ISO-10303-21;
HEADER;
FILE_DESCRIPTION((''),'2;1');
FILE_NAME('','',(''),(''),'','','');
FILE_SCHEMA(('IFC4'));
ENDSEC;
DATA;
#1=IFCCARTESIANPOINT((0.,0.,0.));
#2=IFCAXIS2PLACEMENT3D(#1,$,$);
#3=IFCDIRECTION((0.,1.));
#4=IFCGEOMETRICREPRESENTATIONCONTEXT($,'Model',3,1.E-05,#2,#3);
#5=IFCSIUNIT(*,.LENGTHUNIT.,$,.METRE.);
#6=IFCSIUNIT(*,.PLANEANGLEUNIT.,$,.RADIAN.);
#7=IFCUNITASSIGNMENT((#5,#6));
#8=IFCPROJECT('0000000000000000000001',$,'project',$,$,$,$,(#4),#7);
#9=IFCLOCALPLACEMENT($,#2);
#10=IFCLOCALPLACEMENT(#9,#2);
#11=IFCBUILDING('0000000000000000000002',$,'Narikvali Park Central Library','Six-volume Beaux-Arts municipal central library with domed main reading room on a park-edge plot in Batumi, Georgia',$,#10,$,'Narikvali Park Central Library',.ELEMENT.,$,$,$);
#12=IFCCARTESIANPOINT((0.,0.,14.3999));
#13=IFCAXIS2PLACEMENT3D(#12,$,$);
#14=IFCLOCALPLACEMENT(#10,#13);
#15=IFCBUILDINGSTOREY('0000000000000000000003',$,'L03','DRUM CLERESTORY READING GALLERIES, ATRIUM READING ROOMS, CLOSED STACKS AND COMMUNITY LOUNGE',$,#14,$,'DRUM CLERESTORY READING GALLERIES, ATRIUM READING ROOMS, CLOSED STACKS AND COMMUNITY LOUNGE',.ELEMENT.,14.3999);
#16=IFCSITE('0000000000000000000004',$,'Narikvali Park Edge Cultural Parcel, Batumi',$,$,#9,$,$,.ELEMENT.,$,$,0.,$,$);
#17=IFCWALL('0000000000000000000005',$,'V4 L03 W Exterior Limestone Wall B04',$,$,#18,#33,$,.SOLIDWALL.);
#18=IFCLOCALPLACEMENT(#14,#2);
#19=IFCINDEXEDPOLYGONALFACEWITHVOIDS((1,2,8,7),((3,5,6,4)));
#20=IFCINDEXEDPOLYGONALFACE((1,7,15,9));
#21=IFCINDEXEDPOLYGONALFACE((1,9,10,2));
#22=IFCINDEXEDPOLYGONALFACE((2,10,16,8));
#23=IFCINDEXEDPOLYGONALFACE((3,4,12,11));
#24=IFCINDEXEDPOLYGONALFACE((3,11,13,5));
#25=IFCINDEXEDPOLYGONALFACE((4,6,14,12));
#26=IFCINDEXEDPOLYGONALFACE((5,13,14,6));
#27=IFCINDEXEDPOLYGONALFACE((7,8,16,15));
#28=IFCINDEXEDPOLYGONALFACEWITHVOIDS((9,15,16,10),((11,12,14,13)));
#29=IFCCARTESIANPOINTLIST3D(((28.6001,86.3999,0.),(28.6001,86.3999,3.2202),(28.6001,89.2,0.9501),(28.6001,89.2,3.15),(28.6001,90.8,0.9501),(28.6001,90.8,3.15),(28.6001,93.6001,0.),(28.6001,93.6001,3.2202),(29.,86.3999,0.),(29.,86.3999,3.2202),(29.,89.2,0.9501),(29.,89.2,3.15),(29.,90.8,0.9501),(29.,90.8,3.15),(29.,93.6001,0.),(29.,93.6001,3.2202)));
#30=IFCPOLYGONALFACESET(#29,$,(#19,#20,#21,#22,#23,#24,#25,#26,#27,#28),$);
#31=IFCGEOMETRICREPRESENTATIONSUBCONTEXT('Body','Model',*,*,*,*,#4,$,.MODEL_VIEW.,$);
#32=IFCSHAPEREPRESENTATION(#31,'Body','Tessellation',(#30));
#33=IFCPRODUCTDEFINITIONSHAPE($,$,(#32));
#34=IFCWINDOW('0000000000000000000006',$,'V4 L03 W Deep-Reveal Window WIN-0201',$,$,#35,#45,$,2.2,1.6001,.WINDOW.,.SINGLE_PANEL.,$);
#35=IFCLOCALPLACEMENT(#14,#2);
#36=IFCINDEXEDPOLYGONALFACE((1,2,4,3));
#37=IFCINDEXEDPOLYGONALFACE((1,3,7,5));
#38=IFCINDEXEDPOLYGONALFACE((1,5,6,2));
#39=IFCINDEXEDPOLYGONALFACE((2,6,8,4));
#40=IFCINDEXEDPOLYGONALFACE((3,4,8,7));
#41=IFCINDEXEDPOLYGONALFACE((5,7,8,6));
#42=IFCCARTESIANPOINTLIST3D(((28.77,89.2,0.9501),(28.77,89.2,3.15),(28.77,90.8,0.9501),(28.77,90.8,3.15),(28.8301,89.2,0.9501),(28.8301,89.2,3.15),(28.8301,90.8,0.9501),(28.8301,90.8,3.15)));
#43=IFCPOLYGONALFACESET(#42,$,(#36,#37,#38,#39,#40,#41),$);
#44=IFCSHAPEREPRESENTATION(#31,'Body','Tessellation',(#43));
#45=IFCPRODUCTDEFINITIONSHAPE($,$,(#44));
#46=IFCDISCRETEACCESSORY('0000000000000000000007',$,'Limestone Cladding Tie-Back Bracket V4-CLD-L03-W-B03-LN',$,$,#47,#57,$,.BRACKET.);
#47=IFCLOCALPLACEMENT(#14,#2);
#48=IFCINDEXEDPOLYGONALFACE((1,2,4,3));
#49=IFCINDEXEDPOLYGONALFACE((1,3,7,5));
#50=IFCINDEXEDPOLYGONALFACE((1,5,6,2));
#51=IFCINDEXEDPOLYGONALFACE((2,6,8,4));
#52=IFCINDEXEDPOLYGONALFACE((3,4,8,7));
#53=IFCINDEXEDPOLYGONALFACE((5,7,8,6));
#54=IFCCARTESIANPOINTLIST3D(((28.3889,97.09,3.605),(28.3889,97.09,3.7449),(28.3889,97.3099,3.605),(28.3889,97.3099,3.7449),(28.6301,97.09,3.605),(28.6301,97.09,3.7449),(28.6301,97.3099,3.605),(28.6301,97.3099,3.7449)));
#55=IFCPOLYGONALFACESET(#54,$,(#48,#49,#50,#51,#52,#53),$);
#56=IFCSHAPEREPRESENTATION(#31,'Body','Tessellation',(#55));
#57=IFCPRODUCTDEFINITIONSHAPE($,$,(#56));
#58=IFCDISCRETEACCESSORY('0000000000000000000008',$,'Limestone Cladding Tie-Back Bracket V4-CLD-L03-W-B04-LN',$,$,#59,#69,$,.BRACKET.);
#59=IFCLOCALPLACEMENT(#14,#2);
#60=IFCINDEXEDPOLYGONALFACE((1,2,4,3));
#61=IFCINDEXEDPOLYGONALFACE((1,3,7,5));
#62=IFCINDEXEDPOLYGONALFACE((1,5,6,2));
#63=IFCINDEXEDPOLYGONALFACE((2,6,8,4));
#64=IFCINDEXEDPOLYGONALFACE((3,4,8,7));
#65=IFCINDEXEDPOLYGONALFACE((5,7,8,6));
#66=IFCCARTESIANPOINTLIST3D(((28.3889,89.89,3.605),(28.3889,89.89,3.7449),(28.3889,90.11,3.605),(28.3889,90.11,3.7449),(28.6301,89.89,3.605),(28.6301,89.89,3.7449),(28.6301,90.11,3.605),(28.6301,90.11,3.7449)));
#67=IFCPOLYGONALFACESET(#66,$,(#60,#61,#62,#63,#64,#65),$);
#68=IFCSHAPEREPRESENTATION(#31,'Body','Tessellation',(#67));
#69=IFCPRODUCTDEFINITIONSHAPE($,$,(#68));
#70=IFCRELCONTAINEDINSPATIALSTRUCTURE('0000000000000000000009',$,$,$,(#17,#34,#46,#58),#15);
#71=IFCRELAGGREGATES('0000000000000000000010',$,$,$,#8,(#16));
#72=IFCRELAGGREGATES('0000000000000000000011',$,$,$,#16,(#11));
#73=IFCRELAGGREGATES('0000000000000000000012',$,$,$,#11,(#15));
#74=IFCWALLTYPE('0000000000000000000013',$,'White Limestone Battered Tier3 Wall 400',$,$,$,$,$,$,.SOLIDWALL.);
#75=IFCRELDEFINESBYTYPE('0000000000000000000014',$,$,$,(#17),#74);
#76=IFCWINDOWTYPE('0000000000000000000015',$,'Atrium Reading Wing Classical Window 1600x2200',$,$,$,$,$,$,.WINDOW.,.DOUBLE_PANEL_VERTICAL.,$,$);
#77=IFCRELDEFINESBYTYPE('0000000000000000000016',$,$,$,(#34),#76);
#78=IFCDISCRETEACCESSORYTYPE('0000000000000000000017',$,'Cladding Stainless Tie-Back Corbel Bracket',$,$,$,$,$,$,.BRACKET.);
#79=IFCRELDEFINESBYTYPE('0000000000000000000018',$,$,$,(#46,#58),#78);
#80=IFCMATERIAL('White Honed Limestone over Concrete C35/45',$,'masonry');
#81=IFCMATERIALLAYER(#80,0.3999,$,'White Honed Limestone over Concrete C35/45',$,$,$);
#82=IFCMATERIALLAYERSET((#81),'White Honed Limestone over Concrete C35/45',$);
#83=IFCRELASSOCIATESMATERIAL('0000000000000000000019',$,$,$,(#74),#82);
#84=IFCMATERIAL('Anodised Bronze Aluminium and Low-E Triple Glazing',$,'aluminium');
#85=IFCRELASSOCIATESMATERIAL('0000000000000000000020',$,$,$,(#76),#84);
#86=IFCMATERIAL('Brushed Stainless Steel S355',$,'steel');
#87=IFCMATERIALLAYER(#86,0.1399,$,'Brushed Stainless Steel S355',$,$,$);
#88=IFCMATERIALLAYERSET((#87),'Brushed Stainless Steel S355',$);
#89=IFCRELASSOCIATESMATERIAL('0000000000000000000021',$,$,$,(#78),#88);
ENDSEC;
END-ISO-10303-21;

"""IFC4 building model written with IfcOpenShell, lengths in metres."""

from ifc_helpers import new_model, si_unit, direction, frame, frame_2d, origin, origin_2d, place, context, subcontext, project, spatial, rectangle, extrude, material, layer, layer_set, type_object, element, fill, save


model = new_model("IFC4")

# Units and contexts
model_context = context("Model", 3, precision=1e-05, world=origin(), true_north=direction((0.0, 1.0)))
body_context = subcontext(model_context, "Body", "Model", "MODEL_VIEW")
ifc_project = project(units=[si_unit("LENGTHUNIT", "METRE"), si_unit("PLANEANGLEUNIT", "RADIAN")], contexts=[model_context])

# Site, building, storey
site_placement = place(None, origin())
site = spatial("IfcSite", under=ifc_project, at=site_placement, Name="Narikvali Park Edge Cultural Parcel, Batumi", CompositionType="ELEMENT", RefElevation=0.0)
building_placement = place(site_placement, origin())
building = spatial("IfcBuilding", under=site, at=building_placement, Name="Narikvali Park Central Library", Description="Six-volume Beaux-Arts municipal central library with domed main reading room on a park-edge plot in Batumi, Georgia", LongName="Narikvali Park Central Library", CompositionType="ELEMENT")
storey_placement = place(building_placement, frame((0.0, 0.0, 14.3999)))
storey = spatial("IfcBuildingStorey", under=building, at=storey_placement, Name="L03", Description="DRUM CLERESTORY READING GALLERIES, ATRIUM READING ROOMS, CLOSED STACKS AND COMMUNITY LOUNGE", LongName="DRUM CLERESTORY READING GALLERIES, ATRIUM READING ROOMS, CLOSED STACKS AND COMMUNITY LOUNGE", CompositionType="ELEMENT", Elevation=14.3999)

# Wall, opening, window
ifc_material_1 = material(Name="White Honed Limestone over Concrete C35/45", Category="masonry")
ifc_layer_1 = layer(ifc_material_1, 0.3999, Name="White Honed Limestone over Concrete C35/45")
ifc_layer_set_1 = layer_set([ifc_layer_1], Name="White Honed Limestone over Concrete C35/45")
wall_type = type_object("IfcWallType", Name="White Limestone Battered Tier3 Wall 400", PredefinedType="SOLIDWALL", material=ifc_layer_set_1)
wall_placement = place(storey_placement, frame((28.8, 93.6001, 0.0), z_axis=(0.0, 0.0, 1.0), x_axis=(0.0, -1.0, 0.0)))
wall = element("IfcWall", 1, at=wall_placement, inside=storey, type_object=wall_type, Name="V4 L03 W Exterior Limestone Wall B04", PredefinedType="SOLIDWALL", context=body_context, shape_type="SweptSolid", body=[
    extrude(rectangle(XDim=7.2002, YDim=0.3999, at=frame_2d((3.6001, 0.0))), origin(), (0.0, 0.0, 1.0), 3.2202),
])
opening_placement = place(wall_placement, frame((2.8, 0.0, 0.95)))
opening = element("IfcOpeningElement", 2, at=opening_placement, cuts=wall, PredefinedType="OPENING", context=body_context, shape_type="SweptSolid", body=[
    extrude(rectangle(XDim=1.6001, YDim=2.2, at=frame_2d((0.8, 1.1001))), frame((0.0, 0.2119, 0.0), z_axis=(0.0, -1.0, 0.0), x_axis=(1.0, 0.0, 0.0)), (0.0, 0.0, 1.0), 0.4238),
])
ifc_material_2 = material(Name="Anodised Bronze Aluminium and Low-E Triple Glazing", Category="aluminium")
window_type = type_object("IfcWindowType", Name="Atrium Reading Wing Classical Window 1600x2200", PartitioningType="DOUBLE_PANEL_VERTICAL", PredefinedType="WINDOW", material=ifc_material_2)
window_placement = place(opening_placement, origin())
window = element("IfcWindow", 3, at=window_placement, inside=storey, type_object=window_type, Name="V4 L03 W Deep-Reveal Window WIN-0201", OverallHeight=2.2, OverallWidth=1.6001, PartitioningType="SINGLE_PANEL", PredefinedType="WINDOW", context=body_context, shape_type="SweptSolid", body=[
    extrude(rectangle(XDim=1.6001, YDim=2.2, at=frame_2d((0.8, 1.1001))), frame((0.0, 0.03, 0.0), z_axis=(0.0, -1.0, 0.0), x_axis=(1.0, 0.0, 0.0)), (0.0, 0.0, 1.0), 0.0601),
])
fill(opening, window)

# Discrete accessories
ifc_material_3 = material(Name="Brushed Stainless Steel S355", Category="steel")
ifc_layer_2 = layer(ifc_material_3, 0.1399, Name="Brushed Stainless Steel S355")
ifc_layer_set_2 = layer_set([ifc_layer_2], Name="Brushed Stainless Steel S355")
discrete_accessory_type = type_object("IfcDiscreteAccessoryType", Name="Cladding Stainless Tie-Back Corbel Bracket", PredefinedType="BRACKET", material=ifc_layer_set_2)
for number, where, z_axis, x_axis, name in (
    (4, (28.5095, 97.2, 3.605), (0.0, 0.0, 1.0), (1.0, 0.0, 0.0), "Limestone Cladding Tie-Back Bracket V4-CLD-L03-W-B03-LN"),
    (5, (28.5095, 90.0, 3.605), (0.0, 0.0, 1.0), (1.0, 0.0, 0.0), "Limestone Cladding Tie-Back Bracket V4-CLD-L03-W-B04-LN"),
):
    element("IfcDiscreteAccessory", number, at=place(storey_placement, frame(where, z_axis=z_axis, x_axis=x_axis)), inside=storey, type_object=discrete_accessory_type, Name=name, PredefinedType="BRACKET", context=body_context, shape_type="SweptSolid", body=[
        extrude(rectangle(XDim=0.2412, YDim=0.22, at=origin_2d()), origin(), (0.0, 0.0, 1.0), 0.1399),
    ])

save(model, "model.ifc")
